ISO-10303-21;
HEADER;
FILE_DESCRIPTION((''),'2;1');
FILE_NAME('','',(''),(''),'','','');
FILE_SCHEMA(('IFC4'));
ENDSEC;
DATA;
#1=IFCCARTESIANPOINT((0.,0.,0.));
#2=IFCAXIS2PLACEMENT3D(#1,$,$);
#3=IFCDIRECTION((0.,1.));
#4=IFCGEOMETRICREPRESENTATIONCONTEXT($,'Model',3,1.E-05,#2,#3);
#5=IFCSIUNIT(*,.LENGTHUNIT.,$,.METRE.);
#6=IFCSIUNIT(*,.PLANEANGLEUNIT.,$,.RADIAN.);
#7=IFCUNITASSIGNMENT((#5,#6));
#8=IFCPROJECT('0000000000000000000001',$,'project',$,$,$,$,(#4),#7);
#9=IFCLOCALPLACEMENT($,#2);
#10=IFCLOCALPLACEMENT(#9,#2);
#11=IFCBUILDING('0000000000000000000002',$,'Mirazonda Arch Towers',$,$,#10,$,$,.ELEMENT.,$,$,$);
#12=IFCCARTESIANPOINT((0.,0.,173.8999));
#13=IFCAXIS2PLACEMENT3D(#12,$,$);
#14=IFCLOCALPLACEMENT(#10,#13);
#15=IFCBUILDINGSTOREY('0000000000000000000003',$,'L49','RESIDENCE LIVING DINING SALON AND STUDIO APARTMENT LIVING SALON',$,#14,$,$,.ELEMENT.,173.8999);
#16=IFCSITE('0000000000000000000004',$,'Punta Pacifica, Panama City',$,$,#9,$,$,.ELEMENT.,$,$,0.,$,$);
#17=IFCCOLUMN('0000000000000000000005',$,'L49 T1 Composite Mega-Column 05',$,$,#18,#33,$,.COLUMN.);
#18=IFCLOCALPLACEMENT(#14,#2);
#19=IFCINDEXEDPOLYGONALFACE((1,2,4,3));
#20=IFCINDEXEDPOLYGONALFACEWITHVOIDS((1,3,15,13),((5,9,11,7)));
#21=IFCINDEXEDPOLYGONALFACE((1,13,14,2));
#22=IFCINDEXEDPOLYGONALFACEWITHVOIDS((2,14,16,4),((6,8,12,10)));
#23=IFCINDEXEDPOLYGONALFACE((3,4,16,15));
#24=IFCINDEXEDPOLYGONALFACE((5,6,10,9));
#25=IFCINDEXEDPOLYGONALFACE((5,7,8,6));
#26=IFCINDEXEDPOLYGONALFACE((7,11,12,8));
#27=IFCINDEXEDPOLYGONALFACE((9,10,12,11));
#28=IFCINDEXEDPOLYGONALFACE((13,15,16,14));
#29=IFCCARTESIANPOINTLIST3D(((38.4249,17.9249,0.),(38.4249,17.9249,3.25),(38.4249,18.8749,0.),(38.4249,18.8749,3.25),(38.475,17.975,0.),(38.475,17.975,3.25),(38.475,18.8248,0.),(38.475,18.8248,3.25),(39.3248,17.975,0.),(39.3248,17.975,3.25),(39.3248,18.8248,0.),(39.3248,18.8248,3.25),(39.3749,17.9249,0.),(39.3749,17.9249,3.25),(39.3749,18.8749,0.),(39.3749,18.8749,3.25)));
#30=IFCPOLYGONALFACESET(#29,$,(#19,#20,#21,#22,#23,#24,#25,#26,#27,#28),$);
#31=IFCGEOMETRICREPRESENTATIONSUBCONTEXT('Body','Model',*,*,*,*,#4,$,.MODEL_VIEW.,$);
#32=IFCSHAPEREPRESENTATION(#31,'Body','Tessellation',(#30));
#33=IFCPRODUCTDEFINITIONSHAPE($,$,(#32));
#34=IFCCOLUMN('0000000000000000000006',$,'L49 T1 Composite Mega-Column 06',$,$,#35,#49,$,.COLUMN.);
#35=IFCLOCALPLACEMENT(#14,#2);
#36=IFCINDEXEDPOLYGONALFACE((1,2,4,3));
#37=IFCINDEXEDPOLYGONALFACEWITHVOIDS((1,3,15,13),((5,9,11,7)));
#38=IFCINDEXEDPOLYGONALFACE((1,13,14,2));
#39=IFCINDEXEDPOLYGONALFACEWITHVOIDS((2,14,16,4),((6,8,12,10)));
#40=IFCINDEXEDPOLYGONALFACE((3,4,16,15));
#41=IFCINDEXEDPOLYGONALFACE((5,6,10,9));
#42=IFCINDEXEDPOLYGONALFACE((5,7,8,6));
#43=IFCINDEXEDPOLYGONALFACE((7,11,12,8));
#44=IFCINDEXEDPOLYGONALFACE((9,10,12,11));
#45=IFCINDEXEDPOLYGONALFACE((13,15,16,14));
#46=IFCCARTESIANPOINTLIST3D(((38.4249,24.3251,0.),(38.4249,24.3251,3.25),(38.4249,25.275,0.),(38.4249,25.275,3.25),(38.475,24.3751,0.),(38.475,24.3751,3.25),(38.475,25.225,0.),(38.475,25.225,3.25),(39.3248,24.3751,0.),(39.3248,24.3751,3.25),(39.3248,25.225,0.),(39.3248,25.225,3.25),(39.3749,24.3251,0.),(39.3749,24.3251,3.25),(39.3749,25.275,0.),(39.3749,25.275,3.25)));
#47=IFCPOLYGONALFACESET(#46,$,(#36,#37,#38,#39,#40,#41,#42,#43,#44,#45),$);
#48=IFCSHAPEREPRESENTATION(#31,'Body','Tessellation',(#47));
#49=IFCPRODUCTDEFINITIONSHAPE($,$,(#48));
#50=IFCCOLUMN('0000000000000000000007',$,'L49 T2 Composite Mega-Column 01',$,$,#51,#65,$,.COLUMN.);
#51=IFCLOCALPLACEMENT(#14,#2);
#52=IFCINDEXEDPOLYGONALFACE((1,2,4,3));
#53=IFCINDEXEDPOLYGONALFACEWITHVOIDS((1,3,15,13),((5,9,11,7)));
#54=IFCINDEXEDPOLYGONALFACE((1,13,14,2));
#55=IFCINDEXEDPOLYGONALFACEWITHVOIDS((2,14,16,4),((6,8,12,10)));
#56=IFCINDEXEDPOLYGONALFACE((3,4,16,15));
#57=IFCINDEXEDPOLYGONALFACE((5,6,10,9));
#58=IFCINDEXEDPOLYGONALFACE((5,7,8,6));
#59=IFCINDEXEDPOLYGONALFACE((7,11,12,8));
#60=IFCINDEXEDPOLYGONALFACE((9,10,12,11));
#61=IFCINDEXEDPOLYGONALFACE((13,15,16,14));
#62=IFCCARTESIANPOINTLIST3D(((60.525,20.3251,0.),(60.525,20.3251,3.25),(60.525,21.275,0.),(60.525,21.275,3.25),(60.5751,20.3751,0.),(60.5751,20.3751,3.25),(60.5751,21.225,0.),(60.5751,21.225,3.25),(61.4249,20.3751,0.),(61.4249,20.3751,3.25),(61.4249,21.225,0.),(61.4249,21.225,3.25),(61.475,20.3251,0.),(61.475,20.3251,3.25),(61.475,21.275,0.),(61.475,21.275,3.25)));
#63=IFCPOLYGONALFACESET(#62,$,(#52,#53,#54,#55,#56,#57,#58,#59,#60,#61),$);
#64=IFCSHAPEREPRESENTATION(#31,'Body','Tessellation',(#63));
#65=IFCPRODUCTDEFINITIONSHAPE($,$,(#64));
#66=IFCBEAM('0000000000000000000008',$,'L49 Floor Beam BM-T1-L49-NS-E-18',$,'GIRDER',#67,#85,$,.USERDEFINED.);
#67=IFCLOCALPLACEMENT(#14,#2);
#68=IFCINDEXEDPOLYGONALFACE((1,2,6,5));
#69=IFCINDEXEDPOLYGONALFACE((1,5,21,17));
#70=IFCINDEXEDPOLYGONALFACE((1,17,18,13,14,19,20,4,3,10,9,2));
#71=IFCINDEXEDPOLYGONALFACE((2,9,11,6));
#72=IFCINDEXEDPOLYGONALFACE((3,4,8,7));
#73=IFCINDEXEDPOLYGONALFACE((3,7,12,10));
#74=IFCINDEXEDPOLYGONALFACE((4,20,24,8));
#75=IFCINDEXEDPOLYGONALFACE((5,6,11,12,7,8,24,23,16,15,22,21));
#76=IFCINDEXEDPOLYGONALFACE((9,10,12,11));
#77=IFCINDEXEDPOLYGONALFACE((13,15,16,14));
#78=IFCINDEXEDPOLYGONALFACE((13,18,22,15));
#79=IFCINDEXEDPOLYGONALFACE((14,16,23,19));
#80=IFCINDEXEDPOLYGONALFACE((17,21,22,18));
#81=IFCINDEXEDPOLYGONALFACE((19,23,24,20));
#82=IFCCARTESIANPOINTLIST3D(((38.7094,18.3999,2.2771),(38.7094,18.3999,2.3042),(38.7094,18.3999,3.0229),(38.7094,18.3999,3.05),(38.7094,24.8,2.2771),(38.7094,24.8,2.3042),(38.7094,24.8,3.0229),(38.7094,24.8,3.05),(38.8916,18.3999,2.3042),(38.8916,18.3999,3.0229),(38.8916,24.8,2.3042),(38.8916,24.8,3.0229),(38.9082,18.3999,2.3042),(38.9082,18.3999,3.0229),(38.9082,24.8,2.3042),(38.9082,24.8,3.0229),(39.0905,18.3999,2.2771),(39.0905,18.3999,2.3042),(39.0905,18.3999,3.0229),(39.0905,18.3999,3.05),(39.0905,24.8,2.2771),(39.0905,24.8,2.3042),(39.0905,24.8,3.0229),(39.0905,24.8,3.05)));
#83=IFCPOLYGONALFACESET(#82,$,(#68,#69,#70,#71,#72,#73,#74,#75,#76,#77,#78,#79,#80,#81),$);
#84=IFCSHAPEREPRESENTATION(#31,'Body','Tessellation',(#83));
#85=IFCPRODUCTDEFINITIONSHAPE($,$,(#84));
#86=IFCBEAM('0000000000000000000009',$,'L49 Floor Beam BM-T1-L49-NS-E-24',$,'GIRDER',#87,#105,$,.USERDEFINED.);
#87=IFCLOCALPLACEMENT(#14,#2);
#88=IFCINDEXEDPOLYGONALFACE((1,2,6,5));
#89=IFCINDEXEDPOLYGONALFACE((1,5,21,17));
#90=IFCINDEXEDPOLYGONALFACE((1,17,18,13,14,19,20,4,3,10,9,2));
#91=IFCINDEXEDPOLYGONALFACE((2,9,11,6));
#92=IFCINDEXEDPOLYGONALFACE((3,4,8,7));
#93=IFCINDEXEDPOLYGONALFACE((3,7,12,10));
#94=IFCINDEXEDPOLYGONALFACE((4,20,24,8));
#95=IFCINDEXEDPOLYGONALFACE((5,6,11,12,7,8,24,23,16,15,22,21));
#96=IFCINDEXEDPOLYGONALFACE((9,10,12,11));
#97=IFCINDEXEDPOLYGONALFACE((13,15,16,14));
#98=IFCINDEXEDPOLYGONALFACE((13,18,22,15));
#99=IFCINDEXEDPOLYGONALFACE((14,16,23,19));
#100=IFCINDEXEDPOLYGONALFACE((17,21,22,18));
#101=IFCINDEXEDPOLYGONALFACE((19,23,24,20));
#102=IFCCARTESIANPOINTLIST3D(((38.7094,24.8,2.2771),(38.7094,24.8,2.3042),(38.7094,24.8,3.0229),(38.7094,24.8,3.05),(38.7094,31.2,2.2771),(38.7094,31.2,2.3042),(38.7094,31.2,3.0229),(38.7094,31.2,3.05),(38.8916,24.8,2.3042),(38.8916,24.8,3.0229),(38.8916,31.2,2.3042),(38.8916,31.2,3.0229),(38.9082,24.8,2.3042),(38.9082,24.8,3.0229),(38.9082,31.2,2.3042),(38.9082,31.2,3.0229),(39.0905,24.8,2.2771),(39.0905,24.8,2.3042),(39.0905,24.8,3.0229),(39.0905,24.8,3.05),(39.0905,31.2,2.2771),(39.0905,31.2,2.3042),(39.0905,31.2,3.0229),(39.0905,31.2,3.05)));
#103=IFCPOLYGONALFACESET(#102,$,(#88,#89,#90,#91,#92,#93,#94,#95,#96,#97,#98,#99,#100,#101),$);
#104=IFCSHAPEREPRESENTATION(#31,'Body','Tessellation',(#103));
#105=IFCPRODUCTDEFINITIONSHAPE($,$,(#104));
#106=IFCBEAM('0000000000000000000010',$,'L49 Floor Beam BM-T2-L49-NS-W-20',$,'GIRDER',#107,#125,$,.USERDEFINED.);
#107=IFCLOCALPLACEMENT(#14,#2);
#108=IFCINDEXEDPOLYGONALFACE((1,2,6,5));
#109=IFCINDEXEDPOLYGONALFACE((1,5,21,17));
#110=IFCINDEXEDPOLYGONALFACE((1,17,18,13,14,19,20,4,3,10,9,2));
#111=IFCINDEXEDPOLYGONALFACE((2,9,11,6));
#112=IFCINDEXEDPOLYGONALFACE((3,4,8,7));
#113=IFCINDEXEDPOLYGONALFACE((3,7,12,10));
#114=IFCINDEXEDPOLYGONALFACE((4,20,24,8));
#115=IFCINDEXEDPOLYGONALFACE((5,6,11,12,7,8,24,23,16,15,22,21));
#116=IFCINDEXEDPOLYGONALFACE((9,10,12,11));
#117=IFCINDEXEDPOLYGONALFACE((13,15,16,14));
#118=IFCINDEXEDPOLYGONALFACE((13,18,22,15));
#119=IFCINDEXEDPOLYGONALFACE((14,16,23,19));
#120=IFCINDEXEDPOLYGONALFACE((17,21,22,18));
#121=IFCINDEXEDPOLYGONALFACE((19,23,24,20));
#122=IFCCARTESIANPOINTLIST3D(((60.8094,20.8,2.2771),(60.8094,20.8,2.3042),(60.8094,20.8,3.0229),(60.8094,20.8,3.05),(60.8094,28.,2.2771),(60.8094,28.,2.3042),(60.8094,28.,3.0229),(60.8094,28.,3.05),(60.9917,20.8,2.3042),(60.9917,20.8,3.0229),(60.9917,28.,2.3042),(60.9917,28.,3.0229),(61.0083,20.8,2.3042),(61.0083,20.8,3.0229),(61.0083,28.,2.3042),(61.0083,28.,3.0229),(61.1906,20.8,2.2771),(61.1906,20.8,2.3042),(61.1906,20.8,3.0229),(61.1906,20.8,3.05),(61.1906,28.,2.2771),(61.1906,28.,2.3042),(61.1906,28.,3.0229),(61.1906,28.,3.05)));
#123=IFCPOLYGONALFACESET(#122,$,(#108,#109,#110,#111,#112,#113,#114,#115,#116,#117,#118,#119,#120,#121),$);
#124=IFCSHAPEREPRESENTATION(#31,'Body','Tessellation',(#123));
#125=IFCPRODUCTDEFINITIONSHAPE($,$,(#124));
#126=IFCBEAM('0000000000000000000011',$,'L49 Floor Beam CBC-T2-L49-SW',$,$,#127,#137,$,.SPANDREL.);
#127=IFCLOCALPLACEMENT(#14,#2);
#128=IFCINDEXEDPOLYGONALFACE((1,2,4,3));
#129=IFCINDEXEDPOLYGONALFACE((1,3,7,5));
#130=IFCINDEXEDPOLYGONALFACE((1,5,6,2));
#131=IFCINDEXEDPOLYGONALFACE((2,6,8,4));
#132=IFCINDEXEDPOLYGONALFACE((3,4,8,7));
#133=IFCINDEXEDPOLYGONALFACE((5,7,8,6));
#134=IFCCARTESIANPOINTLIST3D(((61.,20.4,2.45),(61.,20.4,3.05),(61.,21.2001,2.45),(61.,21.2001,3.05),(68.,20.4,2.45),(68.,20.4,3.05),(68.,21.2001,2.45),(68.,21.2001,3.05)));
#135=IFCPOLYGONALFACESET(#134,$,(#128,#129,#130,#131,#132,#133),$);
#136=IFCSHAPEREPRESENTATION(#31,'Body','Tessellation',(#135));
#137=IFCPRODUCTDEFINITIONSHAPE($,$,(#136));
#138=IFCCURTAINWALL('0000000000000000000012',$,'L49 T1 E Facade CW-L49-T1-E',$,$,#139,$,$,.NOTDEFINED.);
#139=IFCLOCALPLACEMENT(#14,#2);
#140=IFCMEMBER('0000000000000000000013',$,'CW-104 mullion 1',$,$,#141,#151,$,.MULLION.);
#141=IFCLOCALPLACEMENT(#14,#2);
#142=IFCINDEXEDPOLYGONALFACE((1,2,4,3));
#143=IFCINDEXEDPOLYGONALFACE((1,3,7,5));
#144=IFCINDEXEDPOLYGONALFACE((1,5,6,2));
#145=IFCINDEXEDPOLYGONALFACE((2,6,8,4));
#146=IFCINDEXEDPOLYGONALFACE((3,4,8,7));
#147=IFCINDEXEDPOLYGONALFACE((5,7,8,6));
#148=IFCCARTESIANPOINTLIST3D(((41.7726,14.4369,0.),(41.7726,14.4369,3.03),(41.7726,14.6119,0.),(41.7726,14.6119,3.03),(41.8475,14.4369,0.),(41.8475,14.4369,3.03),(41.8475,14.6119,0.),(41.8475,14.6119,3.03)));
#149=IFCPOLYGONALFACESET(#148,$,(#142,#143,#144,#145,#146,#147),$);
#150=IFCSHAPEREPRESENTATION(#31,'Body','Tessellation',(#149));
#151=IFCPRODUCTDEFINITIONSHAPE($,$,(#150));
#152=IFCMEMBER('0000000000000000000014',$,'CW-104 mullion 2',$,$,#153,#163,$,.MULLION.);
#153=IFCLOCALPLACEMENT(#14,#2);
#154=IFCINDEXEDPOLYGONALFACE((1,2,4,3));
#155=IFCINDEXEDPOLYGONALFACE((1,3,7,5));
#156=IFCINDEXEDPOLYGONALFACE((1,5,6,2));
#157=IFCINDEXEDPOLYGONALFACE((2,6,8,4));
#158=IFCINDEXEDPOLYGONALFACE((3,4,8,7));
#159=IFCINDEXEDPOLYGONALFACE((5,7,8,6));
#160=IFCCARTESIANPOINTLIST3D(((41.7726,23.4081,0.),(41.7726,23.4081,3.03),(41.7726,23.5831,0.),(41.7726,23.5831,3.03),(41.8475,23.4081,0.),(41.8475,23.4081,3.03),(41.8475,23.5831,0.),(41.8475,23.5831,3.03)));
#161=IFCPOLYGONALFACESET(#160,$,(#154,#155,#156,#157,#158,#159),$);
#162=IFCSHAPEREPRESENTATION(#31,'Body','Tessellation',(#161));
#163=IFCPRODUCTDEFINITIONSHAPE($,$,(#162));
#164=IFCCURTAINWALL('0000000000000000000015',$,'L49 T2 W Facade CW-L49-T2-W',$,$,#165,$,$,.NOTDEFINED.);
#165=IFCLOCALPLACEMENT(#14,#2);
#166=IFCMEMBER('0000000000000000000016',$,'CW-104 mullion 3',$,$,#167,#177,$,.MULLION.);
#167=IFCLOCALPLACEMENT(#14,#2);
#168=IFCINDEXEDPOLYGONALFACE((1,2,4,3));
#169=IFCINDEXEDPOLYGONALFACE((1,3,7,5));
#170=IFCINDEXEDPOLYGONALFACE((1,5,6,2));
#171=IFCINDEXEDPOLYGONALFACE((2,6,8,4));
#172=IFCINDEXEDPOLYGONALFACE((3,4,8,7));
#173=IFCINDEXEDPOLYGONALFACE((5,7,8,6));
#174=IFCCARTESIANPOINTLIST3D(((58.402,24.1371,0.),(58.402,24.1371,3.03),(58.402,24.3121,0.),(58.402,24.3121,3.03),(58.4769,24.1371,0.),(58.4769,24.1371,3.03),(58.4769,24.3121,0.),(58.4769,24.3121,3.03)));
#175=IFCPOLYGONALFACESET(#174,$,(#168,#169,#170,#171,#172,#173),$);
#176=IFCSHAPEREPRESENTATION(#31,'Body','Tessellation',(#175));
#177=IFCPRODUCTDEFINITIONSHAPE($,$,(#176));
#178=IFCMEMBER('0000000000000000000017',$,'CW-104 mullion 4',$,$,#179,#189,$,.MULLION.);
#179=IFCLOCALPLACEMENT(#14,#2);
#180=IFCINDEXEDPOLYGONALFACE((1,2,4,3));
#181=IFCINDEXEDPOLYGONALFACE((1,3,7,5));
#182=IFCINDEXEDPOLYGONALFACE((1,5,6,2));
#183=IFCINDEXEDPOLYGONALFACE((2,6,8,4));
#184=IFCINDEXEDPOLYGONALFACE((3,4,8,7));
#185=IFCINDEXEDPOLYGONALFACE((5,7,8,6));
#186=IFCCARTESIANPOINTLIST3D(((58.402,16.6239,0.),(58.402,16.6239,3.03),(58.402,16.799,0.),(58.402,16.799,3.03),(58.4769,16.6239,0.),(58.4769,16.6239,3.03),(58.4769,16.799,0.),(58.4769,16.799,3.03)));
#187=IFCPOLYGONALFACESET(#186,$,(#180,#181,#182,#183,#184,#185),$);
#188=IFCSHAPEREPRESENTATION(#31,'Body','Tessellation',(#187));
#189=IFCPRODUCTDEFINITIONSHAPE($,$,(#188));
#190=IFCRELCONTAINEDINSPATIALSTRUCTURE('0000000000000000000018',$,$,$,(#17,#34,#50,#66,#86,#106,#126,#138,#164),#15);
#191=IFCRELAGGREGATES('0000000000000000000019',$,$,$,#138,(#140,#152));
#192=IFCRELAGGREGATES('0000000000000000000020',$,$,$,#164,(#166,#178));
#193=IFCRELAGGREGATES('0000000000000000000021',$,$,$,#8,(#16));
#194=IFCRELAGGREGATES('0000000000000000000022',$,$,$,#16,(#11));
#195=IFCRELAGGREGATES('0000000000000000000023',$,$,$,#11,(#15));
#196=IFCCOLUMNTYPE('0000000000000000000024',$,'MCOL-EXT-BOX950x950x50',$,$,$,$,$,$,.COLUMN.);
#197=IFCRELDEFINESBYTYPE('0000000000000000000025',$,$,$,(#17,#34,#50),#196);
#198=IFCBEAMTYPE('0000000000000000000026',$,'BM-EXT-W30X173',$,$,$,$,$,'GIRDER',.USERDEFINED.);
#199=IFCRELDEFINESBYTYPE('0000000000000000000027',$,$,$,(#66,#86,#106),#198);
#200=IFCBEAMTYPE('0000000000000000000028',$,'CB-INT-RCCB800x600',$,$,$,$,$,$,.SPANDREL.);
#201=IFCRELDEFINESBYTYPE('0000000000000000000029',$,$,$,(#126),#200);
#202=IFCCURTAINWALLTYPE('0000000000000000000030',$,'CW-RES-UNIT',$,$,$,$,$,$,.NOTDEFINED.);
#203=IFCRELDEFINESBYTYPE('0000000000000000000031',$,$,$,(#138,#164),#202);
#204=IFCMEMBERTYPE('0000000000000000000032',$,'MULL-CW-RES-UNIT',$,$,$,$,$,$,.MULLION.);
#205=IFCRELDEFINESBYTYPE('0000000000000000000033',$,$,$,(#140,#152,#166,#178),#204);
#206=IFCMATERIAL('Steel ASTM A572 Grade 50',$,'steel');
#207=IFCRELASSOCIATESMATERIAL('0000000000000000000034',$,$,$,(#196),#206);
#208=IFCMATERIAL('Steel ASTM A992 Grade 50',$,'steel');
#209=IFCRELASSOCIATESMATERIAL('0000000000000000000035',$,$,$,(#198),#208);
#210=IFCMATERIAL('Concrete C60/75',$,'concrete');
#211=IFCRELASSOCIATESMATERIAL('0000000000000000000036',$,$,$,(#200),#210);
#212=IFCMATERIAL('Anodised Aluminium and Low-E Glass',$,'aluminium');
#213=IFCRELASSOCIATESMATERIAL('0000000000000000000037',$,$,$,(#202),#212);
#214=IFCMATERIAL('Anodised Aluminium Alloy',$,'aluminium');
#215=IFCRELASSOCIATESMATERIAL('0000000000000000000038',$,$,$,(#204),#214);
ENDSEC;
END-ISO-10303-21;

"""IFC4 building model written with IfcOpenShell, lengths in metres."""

from ifc_helpers import new_model, si_unit, direction, frame, origin, origin_2d, place, context, subcontext, project, spatial, rectangle, hollow_rectangle, i_section, extrude, material, material_profile, profile_set, type_object, element, aggregate, save


model = new_model("IFC4")

# Units and contexts
model_context = context("Model", 3, precision=1e-05, world=origin(), true_north=direction((0.0, 1.0)))
body_context = subcontext(model_context, "Body", "Model", "MODEL_VIEW")
ifc_project = project(units=[si_unit("LENGTHUNIT", "METRE"), si_unit("PLANEANGLEUNIT", "RADIAN")], contexts=[model_context])

# Site, building, storey
site_placement = place(None, origin())
site = spatial("IfcSite", under=ifc_project, at=site_placement, Name="Punta Pacifica, Panama City", CompositionType="ELEMENT", RefElevation=0.0)
building_placement = place(site_placement, origin())
building = spatial("IfcBuilding", under=site, at=building_placement, Name="Mirazonda Arch Towers", CompositionType="ELEMENT")
storey_placement = place(building_placement, frame((0.0, 0.0, 173.8999)))
storey = spatial("IfcBuildingStorey", under=building, at=storey_placement, Name="L49", Description="RESIDENCE LIVING DINING SALON AND STUDIO APARTMENT LIVING SALON", CompositionType="ELEMENT", Elevation=173.8999)

# Columns
ifc_material_1 = material(Name="Steel ASTM A572 Grade 50", Category="steel")
ifc_material_profile_1 = material_profile(ifc_material_1, hollow_rectangle(XDim=0.95, YDim=0.95, WallThickness=0.05, at=origin_2d()), Name="BOX950x950x50")
ifc_profile_set_1 = profile_set([ifc_material_profile_1], Name="Steel ASTM A572 Grade 50")
column_type = type_object("IfcColumnType", Name="MCOL-EXT-BOX950x950x50", PredefinedType="COLUMN", material=ifc_profile_set_1)
for number, where, z_axis, x_axis, name in (
    (1, (38.8999, 18.3999, 0.0), (0.0, 0.0, 1.0), (1.0, 0.0, 0.0), "L49 T1 Composite Mega-Column 05"),
    (2, (38.8999, 24.8, 0.0), (0.0, 0.0, 1.0), (1.0, 0.0, 0.0), "L49 T1 Composite Mega-Column 06"),
    (3, (61.0, 20.8, 0.0), (0.0, 0.0, 1.0), (1.0, 0.0, 0.0), "L49 T2 Composite Mega-Column 01"),
):
    element("IfcColumn", number, at=place(storey_placement, frame(where, z_axis=z_axis, x_axis=x_axis)), inside=storey, type_object=column_type, Name=name, PredefinedType="COLUMN", context=body_context, shape_type="SweptSolid", body=[
        extrude(hollow_rectangle(XDim=0.95, YDim=0.95, WallThickness=0.05, at=origin_2d()), origin(), (0.0, 0.0, 1.0), 3.25),
    ])

# Beams
ifc_material_2 = material(Name="Steel ASTM A992 Grade 50", Category="steel")
ifc_material_profile_2 = material_profile(ifc_material_2, i_section(OverallWidth=0.3811, OverallDepth=0.7729, WebThickness=0.0166, FlangeThickness=0.0271, at=origin_2d()), Name="W30X173")
ifc_profile_set_2 = profile_set([ifc_material_profile_2], Name="Steel ASTM A992 Grade 50")
beam_type_1 = type_object("IfcBeamType", Name="BM-EXT-W30X173", ElementType="GIRDER", PredefinedType="USERDEFINED", material=ifc_profile_set_2)
beam_1_placement = place(storey_placement, frame((38.8999, 18.3999, 2.6636), z_axis=(0.0, 1.0, 0.0), x_axis=(-1.0, 0.0, 0.0)))
element("IfcBeam", 4, at=beam_1_placement, inside=storey, type_object=beam_type_1, Name="L49 Floor Beam BM-T1-L49-NS-E-18", ObjectType="GIRDER", PredefinedType="USERDEFINED", context=body_context, shape_type="SweptSolid", body=[
    extrude(i_section(OverallWidth=0.3811, OverallDepth=0.7729, WebThickness=0.0166, FlangeThickness=0.0271, at=origin_2d()), origin(), (0.0, 0.0, 1.0), 6.4001),
])
beam_2_placement = place(storey_placement, frame((38.8999, 24.8, 2.6636), z_axis=(0.0, 1.0, 0.0), x_axis=(-1.0, 0.0, 0.0)))
element("IfcBeam", 5, at=beam_2_placement, inside=storey, type_object=beam_type_1, Name="L49 Floor Beam BM-T1-L49-NS-E-24", ObjectType="GIRDER", PredefinedType="USERDEFINED", context=body_context, shape_type="SweptSolid", body=[
    extrude(i_section(OverallWidth=0.3811, OverallDepth=0.7729, WebThickness=0.0166, FlangeThickness=0.0271, at=origin_2d()), origin(), (0.0, 0.0, 1.0), 6.3999),
])
beam_3_placement = place(storey_placement, frame((61.0, 20.8, 2.6636), z_axis=(0.0, 1.0, 0.0), x_axis=(-1.0, 0.0, 0.0)))
element("IfcBeam", 6, at=beam_3_placement, inside=storey, type_object=beam_type_1, Name="L49 Floor Beam BM-T2-L49-NS-W-20", ObjectType="GIRDER", PredefinedType="USERDEFINED", context=body_context, shape_type="SweptSolid", body=[
    extrude(i_section(OverallWidth=0.3811, OverallDepth=0.7729, WebThickness=0.0166, FlangeThickness=0.0271, at=origin_2d()), origin(), (0.0, 0.0, 1.0), 7.2),
])
ifc_material_3 = material(Name="Concrete C60/75", Category="concrete")
ifc_material_profile_3 = material_profile(ifc_material_3, rectangle(XDim=0.8, YDim=0.6001, at=origin_2d()), Name="RCCB800x600")
ifc_profile_set_3 = profile_set([ifc_material_profile_3], Name="Concrete C60/75")
beam_type_2 = type_object("IfcBeamType", Name="CB-INT-RCCB800x600", PredefinedType="SPANDREL", material=ifc_profile_set_3)
beam_4_placement = place(storey_placement, frame((61.0, 20.8, 2.75), z_axis=(1.0, 0.0, 0.0), x_axis=(0.0, 1.0, 0.0)))
element("IfcBeam", 7, at=beam_4_placement, inside=storey, type_object=beam_type_2, Name="L49 Floor Beam CBC-T2-L49-SW", PredefinedType="SPANDREL", context=body_context, shape_type="SweptSolid", body=[
    extrude(rectangle(XDim=0.8, YDim=0.6001, at=origin_2d()), origin(), (0.0, 0.0, 1.0), 7.0),
])

# Curtain walls, members
ifc_material_4 = material(Name="Anodised Aluminium and Low-E Glass", Category="aluminium")
curtain_wall_type = type_object("IfcCurtainWallType", Name="CW-RES-UNIT", PredefinedType="NOTDEFINED", material=ifc_material_4)
curtain_wall_1_placement = place(storey_placement, origin())
curtain_wall_1 = element("IfcCurtainWall", 8, at=curtain_wall_1_placement, inside=storey, type_object=curtain_wall_type, Name="L49 T1 E Facade CW-L49-T1-E", PredefinedType="NOTDEFINED")
ifc_material_5 = material(Name="Anodised Aluminium Alloy", Category="aluminium")
ifc_material_profile_4 = material_profile(ifc_material_5, rectangle(XDim=0.075, YDim=0.175, at=origin_2d()), Name="ALU-MULL-75x175")
ifc_profile_set_4 = profile_set([ifc_material_profile_4], Name="Anodised Aluminium Alloy")
member_type_1 = type_object("IfcMemberType", Name="MULL-CW-RES-UNIT", PredefinedType="MULLION", material=ifc_profile_set_4)
member_1_placement = place(storey_placement, frame((41.8101, 14.5244, 0.0), z_axis=(0.0, 0.0, 1.0), x_axis=(-1.0, 0.0, 0.0)))
member_1 = element("IfcMember", 9, at=member_1_placement, type_object=member_type_1, Name="CW-104 mullion 1", PredefinedType="MULLION", context=body_context, shape_type="SweptSolid", body=[
    extrude(rectangle(XDim=0.075, YDim=0.175, at=origin_2d()), origin(), (0.0, 0.0, 1.0), 3.03),
])
member_2_placement = place(storey_placement, frame((41.8101, 23.4956, 0.0), z_axis=(0.0, 0.0, 1.0), x_axis=(-1.0, 0.0, 0.0)))
member_2 = element("IfcMember", 10, at=member_2_placement, type_object=member_type_1, Name="CW-104 mullion 2", PredefinedType="MULLION", context=body_context, shape_type="SweptSolid", body=[
    extrude(rectangle(XDim=0.075, YDim=0.175, at=origin_2d()), origin(), (0.0, 0.0, 1.0), 3.03),
])
curtain_wall_2_placement = place(storey_placement, origin())
curtain_wall_2 = element("IfcCurtainWall", 11, at=curtain_wall_2_placement, inside=storey, type_object=curtain_wall_type, Name="L49 T2 W Facade CW-L49-T2-W", PredefinedType="NOTDEFINED")
member_3_placement = place(storey_placement, frame((58.4395, 24.2246, 0.0), z_axis=(0.0, 0.0, 1.0), x_axis=(1.0, 0.0, 0.0)))
member_3 = element("IfcMember", 12, at=member_3_placement, type_object=member_type_1, Name="CW-104 mullion 3", PredefinedType="MULLION", context=body_context, shape_type="SweptSolid", body=[
    extrude(rectangle(XDim=0.075, YDim=0.175, at=origin_2d()), origin(), (0.0, 0.0, 1.0), 3.03),
])
member_4_placement = place(storey_placement, frame((58.4395, 16.7114, 0.0), z_axis=(0.0, 0.0, 1.0), x_axis=(1.0, 0.0, 0.0)))
member_4 = element("IfcMember", 13, at=member_4_placement, type_object=member_type_1, Name="CW-104 mullion 4", PredefinedType="MULLION", context=body_context, shape_type="SweptSolid", body=[
    extrude(rectangle(XDim=0.075, YDim=0.175, at=origin_2d()), origin(), (0.0, 0.0, 1.0), 3.03),
])

aggregate(curtain_wall_1, [member_1, member_2])
aggregate(curtain_wall_2, [member_3, member_4])

save(model, "model.ifc")
